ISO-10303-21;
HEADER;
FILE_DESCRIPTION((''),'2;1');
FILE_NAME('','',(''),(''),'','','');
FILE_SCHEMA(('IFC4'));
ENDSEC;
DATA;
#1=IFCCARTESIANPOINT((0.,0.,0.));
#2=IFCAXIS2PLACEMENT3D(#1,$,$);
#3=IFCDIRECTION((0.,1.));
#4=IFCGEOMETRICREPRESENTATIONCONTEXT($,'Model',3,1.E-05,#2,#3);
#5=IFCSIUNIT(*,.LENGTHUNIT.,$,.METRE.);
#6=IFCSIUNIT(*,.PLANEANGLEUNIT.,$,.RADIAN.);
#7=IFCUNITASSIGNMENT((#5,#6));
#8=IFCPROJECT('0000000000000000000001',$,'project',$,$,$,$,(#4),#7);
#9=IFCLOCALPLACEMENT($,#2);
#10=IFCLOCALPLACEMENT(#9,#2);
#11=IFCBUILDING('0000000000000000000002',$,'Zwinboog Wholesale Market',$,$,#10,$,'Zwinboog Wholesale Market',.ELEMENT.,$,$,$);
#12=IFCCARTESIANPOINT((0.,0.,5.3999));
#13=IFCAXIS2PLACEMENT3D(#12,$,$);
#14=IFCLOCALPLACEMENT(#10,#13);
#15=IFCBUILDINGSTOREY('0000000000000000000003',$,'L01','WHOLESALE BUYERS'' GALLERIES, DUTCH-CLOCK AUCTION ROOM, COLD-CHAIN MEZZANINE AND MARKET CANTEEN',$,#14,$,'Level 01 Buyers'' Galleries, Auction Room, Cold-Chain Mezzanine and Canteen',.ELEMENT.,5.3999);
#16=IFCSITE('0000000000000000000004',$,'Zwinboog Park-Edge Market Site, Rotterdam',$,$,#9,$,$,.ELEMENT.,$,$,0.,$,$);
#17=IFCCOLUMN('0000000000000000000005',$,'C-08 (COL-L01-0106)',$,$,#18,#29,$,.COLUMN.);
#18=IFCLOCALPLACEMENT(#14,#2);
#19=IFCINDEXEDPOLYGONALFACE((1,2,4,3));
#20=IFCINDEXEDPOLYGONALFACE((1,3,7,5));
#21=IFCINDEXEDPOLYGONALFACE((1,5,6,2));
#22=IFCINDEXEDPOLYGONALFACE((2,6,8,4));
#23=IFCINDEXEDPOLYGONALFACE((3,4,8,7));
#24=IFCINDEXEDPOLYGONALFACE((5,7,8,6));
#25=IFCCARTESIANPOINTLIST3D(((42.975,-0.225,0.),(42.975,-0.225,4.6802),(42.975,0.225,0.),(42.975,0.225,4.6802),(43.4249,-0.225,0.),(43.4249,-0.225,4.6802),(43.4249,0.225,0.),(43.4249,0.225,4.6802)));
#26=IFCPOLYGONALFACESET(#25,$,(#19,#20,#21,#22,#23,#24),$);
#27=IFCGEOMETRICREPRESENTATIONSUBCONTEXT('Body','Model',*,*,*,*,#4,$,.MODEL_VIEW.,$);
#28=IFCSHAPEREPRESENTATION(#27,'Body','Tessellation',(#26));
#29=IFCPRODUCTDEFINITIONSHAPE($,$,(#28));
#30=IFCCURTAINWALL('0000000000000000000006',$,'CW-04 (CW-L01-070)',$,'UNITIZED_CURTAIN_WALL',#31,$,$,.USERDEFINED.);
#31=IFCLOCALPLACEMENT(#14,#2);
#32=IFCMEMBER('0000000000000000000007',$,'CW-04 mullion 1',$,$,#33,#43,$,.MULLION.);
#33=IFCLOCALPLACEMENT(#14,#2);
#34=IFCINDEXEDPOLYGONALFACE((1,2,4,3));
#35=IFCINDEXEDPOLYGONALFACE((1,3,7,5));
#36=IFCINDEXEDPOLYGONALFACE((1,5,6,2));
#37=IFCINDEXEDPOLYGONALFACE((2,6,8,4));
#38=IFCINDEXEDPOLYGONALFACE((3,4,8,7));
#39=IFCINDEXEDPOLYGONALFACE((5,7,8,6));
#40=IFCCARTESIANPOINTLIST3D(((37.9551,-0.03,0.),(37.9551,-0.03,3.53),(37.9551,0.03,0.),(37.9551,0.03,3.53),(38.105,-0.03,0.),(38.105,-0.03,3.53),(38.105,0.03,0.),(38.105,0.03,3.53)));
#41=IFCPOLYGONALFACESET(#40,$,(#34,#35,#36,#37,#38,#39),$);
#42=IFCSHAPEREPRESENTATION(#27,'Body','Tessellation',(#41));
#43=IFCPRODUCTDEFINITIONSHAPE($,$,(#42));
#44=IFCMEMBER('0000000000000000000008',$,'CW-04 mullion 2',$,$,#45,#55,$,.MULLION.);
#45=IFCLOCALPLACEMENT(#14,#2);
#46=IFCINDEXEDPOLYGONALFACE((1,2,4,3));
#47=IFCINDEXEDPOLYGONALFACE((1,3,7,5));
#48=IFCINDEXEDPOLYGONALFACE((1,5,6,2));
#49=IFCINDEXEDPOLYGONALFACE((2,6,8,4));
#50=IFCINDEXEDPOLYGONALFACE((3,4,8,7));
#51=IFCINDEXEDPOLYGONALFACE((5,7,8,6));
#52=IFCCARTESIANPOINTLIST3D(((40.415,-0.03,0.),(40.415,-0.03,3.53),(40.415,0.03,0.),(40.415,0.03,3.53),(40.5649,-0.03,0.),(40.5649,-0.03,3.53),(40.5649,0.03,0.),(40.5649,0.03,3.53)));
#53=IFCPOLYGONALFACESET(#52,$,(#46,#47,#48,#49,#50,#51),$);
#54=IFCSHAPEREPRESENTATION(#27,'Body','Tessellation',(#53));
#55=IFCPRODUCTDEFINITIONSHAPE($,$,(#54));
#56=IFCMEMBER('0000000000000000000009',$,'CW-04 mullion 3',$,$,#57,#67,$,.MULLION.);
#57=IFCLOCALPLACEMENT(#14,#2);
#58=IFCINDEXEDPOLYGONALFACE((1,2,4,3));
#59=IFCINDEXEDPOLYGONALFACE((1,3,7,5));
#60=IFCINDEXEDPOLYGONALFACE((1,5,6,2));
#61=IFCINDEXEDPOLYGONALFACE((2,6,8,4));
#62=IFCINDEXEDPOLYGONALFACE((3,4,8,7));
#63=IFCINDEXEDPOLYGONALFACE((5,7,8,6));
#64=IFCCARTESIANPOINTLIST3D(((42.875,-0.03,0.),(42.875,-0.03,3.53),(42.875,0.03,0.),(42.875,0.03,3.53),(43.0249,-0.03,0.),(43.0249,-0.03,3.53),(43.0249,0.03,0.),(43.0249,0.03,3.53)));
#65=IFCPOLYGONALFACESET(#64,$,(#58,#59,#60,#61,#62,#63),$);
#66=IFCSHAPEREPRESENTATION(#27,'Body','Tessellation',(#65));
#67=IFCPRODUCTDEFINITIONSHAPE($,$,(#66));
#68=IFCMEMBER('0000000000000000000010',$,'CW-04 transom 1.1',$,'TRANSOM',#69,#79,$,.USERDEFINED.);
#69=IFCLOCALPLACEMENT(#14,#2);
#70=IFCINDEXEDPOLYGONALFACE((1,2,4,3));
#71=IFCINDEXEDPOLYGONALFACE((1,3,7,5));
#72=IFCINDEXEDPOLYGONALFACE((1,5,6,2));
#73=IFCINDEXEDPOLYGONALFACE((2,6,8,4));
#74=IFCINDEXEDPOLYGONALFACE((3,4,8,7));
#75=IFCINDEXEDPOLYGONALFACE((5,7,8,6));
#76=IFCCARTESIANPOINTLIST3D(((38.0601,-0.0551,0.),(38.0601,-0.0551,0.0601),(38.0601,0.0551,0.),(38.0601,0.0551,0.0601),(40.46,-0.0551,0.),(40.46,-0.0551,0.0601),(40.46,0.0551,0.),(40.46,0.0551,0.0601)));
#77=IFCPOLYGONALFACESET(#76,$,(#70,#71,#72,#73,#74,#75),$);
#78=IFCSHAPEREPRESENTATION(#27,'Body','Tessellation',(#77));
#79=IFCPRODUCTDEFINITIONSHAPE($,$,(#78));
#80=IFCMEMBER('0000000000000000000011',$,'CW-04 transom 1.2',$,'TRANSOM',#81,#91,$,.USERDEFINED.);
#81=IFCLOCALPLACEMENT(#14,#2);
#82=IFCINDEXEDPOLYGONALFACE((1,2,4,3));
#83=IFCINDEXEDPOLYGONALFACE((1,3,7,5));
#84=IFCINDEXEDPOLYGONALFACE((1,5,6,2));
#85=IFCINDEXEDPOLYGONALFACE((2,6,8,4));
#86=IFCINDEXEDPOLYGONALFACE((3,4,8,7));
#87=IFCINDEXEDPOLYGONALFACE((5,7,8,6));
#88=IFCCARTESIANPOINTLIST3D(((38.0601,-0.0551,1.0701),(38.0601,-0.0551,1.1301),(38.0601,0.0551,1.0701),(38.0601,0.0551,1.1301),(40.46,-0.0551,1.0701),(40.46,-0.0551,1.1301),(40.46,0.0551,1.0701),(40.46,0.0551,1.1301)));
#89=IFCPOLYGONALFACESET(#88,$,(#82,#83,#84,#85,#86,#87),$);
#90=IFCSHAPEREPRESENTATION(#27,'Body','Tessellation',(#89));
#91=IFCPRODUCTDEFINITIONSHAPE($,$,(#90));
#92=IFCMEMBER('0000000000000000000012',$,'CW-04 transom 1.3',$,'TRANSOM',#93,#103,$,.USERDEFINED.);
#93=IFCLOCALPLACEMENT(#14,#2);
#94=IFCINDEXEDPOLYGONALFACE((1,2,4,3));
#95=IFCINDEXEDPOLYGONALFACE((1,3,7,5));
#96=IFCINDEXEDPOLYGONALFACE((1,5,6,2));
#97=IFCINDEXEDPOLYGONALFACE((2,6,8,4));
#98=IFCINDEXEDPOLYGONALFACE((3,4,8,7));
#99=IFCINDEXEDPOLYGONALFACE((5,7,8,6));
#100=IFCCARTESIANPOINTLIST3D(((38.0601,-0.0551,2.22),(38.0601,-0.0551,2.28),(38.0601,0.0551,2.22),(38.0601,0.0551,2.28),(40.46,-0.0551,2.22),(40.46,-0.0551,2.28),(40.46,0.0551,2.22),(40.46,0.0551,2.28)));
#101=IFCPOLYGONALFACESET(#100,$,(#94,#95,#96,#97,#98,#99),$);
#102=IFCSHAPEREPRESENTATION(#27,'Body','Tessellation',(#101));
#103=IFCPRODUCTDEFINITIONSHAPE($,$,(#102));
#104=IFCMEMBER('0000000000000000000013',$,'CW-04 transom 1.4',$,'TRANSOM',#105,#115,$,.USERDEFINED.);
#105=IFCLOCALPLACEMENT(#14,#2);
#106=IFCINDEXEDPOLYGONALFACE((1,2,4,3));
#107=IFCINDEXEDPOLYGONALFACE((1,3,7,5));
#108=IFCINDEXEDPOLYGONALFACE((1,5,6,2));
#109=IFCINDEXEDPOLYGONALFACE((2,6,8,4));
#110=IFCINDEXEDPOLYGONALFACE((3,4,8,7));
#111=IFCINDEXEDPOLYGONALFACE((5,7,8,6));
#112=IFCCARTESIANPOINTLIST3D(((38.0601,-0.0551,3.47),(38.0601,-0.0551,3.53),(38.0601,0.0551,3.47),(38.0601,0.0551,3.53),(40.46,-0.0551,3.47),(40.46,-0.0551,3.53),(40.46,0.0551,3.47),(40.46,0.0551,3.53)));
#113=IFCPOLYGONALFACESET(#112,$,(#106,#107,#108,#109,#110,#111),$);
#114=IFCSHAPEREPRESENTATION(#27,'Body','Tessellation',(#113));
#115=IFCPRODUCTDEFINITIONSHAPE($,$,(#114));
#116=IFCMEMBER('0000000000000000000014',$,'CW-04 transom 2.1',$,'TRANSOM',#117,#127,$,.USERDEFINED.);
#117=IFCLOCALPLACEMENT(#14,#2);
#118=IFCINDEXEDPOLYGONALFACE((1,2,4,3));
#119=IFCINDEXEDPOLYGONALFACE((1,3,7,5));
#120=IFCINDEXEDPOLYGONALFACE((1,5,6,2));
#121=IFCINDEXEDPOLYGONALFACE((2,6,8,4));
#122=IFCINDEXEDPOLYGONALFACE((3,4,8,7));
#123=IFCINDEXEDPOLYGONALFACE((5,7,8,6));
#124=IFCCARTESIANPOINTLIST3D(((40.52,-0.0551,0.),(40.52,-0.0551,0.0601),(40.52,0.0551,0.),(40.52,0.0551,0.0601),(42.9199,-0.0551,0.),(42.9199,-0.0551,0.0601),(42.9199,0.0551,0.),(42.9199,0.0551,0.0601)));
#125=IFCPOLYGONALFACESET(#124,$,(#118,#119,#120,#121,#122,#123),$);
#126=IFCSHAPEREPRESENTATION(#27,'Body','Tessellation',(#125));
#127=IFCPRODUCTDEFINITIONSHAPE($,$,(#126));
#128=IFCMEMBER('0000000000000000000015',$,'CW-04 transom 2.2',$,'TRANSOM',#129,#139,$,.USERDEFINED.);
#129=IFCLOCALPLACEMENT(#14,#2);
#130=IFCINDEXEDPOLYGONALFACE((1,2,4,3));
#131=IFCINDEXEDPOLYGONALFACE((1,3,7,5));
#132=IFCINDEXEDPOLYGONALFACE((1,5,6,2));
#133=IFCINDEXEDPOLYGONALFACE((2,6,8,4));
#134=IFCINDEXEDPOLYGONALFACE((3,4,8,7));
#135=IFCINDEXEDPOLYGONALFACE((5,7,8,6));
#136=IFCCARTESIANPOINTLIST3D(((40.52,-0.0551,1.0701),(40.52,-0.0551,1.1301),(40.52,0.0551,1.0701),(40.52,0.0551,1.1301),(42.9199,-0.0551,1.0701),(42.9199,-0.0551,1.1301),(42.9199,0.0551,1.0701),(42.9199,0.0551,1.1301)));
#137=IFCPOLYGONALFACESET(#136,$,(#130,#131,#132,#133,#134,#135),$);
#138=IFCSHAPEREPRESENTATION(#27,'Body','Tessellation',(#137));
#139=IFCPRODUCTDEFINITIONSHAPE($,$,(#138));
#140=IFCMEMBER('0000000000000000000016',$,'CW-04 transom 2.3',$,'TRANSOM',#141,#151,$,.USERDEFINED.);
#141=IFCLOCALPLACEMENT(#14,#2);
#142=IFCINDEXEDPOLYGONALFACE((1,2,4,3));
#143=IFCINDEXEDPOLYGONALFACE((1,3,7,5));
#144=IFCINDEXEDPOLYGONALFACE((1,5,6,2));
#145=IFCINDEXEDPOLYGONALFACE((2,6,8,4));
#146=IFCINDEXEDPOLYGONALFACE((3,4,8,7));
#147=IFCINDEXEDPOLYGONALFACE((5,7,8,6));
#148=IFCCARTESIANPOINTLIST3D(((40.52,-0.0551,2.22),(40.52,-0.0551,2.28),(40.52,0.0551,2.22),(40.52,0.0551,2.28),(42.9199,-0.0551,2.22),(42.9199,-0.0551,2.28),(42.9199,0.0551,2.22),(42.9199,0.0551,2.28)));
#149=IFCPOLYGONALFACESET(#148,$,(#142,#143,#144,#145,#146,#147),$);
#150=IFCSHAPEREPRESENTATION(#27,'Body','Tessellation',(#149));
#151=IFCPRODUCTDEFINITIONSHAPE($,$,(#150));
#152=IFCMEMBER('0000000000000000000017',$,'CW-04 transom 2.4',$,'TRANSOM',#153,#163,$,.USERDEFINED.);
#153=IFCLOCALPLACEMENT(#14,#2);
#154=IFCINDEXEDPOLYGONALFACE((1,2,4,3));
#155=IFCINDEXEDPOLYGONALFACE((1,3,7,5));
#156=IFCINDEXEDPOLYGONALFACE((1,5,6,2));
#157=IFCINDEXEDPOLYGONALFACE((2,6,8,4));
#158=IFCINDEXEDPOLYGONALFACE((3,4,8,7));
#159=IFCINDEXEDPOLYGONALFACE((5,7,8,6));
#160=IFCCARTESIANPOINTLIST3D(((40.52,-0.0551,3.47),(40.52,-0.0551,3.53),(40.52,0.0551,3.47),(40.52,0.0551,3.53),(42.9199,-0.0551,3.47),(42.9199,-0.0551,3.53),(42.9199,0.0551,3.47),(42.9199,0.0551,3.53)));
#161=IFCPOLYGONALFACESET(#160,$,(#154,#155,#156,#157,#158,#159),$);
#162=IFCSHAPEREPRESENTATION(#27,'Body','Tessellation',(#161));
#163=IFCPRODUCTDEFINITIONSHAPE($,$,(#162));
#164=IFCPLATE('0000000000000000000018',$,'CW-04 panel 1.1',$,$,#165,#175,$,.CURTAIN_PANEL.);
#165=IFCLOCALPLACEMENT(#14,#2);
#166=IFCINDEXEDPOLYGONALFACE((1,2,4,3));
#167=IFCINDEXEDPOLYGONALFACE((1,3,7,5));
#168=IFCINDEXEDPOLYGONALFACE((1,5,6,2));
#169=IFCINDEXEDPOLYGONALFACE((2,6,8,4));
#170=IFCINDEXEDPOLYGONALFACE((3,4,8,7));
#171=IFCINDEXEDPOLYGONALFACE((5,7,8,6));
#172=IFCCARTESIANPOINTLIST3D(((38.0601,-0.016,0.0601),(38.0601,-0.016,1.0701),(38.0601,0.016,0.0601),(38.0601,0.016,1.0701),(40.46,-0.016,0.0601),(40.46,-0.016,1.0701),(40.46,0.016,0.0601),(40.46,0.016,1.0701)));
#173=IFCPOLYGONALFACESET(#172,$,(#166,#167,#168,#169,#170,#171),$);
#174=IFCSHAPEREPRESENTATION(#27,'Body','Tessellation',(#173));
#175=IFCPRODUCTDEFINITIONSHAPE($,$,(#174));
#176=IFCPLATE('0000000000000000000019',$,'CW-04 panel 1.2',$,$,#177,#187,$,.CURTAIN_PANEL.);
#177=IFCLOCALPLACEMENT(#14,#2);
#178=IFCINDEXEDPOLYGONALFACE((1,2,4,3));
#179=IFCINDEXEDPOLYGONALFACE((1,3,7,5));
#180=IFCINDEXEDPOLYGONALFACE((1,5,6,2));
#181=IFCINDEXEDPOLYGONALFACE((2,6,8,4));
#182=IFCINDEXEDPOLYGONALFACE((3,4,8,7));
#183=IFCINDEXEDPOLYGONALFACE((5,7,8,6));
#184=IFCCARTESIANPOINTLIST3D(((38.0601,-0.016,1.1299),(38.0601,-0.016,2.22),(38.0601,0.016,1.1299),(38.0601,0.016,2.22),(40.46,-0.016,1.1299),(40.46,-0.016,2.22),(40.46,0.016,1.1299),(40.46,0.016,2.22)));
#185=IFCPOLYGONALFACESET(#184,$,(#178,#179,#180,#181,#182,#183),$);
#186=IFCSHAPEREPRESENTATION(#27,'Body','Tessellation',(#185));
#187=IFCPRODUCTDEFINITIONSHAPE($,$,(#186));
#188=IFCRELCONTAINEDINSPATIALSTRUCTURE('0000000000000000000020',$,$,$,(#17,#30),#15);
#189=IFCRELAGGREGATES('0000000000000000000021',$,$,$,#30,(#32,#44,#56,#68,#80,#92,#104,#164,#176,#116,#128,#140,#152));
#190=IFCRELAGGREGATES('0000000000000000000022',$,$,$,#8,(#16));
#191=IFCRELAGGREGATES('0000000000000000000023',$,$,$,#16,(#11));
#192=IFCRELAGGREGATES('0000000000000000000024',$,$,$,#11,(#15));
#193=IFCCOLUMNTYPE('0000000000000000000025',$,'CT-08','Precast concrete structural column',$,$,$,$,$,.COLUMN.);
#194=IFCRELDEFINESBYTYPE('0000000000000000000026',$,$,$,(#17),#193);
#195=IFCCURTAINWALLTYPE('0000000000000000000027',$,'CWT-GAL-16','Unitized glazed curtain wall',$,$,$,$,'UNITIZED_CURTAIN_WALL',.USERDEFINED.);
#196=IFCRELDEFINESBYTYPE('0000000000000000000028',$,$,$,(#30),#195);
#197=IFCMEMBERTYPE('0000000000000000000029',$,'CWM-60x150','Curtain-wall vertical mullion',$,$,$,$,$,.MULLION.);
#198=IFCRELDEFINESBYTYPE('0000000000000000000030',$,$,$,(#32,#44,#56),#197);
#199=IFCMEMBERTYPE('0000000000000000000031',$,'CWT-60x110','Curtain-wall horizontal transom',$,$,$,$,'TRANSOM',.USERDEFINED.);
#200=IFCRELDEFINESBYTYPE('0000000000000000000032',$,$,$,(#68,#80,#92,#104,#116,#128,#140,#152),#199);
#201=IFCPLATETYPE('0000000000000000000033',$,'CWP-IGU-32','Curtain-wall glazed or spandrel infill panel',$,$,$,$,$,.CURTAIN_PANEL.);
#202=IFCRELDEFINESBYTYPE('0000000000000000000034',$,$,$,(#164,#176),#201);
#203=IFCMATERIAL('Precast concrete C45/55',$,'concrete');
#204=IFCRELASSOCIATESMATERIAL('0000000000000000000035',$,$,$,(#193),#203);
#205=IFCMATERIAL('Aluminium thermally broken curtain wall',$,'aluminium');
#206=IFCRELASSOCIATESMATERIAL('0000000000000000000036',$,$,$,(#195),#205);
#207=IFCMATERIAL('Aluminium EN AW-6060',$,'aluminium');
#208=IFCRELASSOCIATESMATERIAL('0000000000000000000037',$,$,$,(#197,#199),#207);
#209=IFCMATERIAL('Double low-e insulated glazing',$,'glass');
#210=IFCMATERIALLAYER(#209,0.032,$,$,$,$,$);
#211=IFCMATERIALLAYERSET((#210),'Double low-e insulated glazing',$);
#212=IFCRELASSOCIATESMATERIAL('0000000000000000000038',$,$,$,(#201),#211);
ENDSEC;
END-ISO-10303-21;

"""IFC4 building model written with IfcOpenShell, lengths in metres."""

from ifc_helpers import new_model, si_unit, direction, frame, origin, origin_2d, place, context, subcontext, project, spatial, rectangle, extrude, material, layer, layer_set, material_profile, profile_set, type_object, element, aggregate, save


model = new_model("IFC4")

# Units and contexts
model_context = context("Model", 3, precision=1e-05, world=origin(), true_north=direction((0.0, 1.0)))
body_context = subcontext(model_context, "Body", "Model", "MODEL_VIEW")
ifc_project = project(units=[si_unit("LENGTHUNIT", "METRE"), si_unit("PLANEANGLEUNIT", "RADIAN")], contexts=[model_context])

# Site, building, storey
site_placement = place(None, origin())
site = spatial("IfcSite", under=ifc_project, at=site_placement, Name="Zwinboog Park-Edge Market Site, Rotterdam", CompositionType="ELEMENT", RefElevation=0.0)
building_placement = place(site_placement, origin())
building = spatial("IfcBuilding", under=site, at=building_placement, Name="Zwinboog Wholesale Market", LongName="Zwinboog Wholesale Market", CompositionType="ELEMENT")
storey_placement = place(building_placement, frame((0.0, 0.0, 5.3999)))
storey = spatial("IfcBuildingStorey", under=building, at=storey_placement, Name="L01", Description="WHOLESALE BUYERS' GALLERIES, DUTCH-CLOCK AUCTION ROOM, COLD-CHAIN MEZZANINE AND MARKET CANTEEN", LongName="Level 01 Buyers' Galleries, Auction Room, Cold-Chain Mezzanine and Canteen", CompositionType="ELEMENT", Elevation=5.3999)

# Column
ifc_material_1 = material(Name="Precast concrete C45/55", Category="concrete")
ifc_material_profile_1 = material_profile(ifc_material_1, rectangle(XDim=0.45, YDim=0.45, at=origin_2d()), Name="PC 450x450")
ifc_profile_set_1 = profile_set([ifc_material_profile_1], Name="Precast concrete C45/55")
column_type = type_object("IfcColumnType", Name="CT-08", Description="Precast concrete structural column", PredefinedType="COLUMN", material=ifc_profile_set_1)
column_placement = place(storey_placement, frame((43.2, 0.0, 0.0), z_axis=(0.0, 0.0, 1.0), x_axis=(1.0, 0.0, 0.0)))
element("IfcColumn", 1, at=column_placement, inside=storey, type_object=column_type, Name="C-08 (COL-L01-0106)", PredefinedType="COLUMN", context=body_context, shape_type="SweptSolid", body=[
    extrude(rectangle(XDim=0.45, YDim=0.45, at=origin_2d()), origin(), (0.0, 0.0, 1.0), 4.6802),
])

# Curtain wall, members, plates
ifc_material_2 = material(Name="Aluminium thermally broken curtain wall", Category="aluminium")
curtain_wall_type = type_object("IfcCurtainWallType", Name="CWT-GAL-16", Description="Unitized glazed curtain wall", ElementType="UNITIZED_CURTAIN_WALL", PredefinedType="USERDEFINED", material=ifc_material_2)
curtain_wall_placement = place(storey_placement, origin())
curtain_wall = element("IfcCurtainWall", 2, at=curtain_wall_placement, inside=storey, type_object=curtain_wall_type, Name="CW-04 (CW-L01-070)", ObjectType="UNITIZED_CURTAIN_WALL", PredefinedType="USERDEFINED")
ifc_material_3 = material(Name="Aluminium EN AW-6060", Category="aluminium")
ifc_material_profile_2 = material_profile(ifc_material_3, rectangle(XDim=0.0601, YDim=0.1499, at=origin_2d()), Name="AL 60x150")
ifc_profile_set_2 = profile_set([ifc_material_profile_2], Name="Aluminium EN AW-6060")
member_type_1 = type_object("IfcMemberType", Name="CWM-60x150", Description="Curtain-wall vertical mullion", PredefinedType="MULLION", material=ifc_profile_set_2)
member_1_placement = place(storey_placement, frame((38.03, 0.0, 0.0), z_axis=(0.0, 0.0, 1.0), x_axis=(0.0, 1.0, 0.0)))
member_1 = element("IfcMember", 3, at=member_1_placement, type_object=member_type_1, Name="CW-04 mullion 1", PredefinedType="MULLION", context=body_context, shape_type="SweptSolid", body=[
    extrude(rectangle(XDim=0.0601, YDim=0.1499, at=origin_2d()), origin(), (0.0, 0.0, 1.0), 3.53),
])
member_2_placement = place(storey_placement, frame((40.49, 0.0, 0.0), z_axis=(0.0, 0.0, 1.0), x_axis=(0.0, 1.0, 0.0)))
member_2 = element("IfcMember", 4, at=member_2_placement, type_object=member_type_1, Name="CW-04 mullion 2", PredefinedType="MULLION", context=body_context, shape_type="SweptSolid", body=[
    extrude(rectangle(XDim=0.0601, YDim=0.1499, at=origin_2d()), origin(), (0.0, 0.0, 1.0), 3.53),
])
member_3_placement = place(storey_placement, frame((42.95, 0.0, 0.0), z_axis=(0.0, 0.0, 1.0), x_axis=(0.0, 1.0, 0.0)))
member_3 = element("IfcMember", 5, at=member_3_placement, type_object=member_type_1, Name="CW-04 mullion 3", PredefinedType="MULLION", context=body_context, shape_type="SweptSolid", body=[
    extrude(rectangle(XDim=0.0601, YDim=0.1499, at=origin_2d()), origin(), (0.0, 0.0, 1.0), 3.53),
])
ifc_material_profile_3 = material_profile(ifc_material_3, rectangle(XDim=0.1101, YDim=0.0601, at=origin_2d()), Name="AL 60x110")
ifc_profile_set_3 = profile_set([ifc_material_profile_3], Name="Aluminium EN AW-6060")
member_type_2 = type_object("IfcMemberType", Name="CWT-60x110", Description="Curtain-wall horizontal transom", ElementType="TRANSOM", PredefinedType="USERDEFINED", material=ifc_profile_set_3)
member_4_placement = place(storey_placement, frame((38.0601, 0.0, 0.03), z_axis=(1.0, 0.0, 0.0), x_axis=(0.0, 1.0, 0.0)))
member_4 = element("IfcMember", 6, at=member_4_placement, type_object=member_type_2, Name="CW-04 transom 1.1", ObjectType="TRANSOM", PredefinedType="USERDEFINED", context=body_context, shape_type="SweptSolid", body=[
    extrude(rectangle(XDim=0.1101, YDim=0.0601, at=origin_2d()), origin(), (0.0, 0.0, 1.0), 2.3999),
])
member_5_placement = place(storey_placement, frame((38.0601, 0.0, 1.1001), z_axis=(1.0, 0.0, 0.0), x_axis=(0.0, 1.0, 0.0)))
member_5 = element("IfcMember", 7, at=member_5_placement, type_object=member_type_2, Name="CW-04 transom 1.2", ObjectType="TRANSOM", PredefinedType="USERDEFINED", context=body_context, shape_type="SweptSolid", body=[
    extrude(rectangle(XDim=0.1101, YDim=0.0601, at=origin_2d()), origin(), (0.0, 0.0, 1.0), 2.3999),
])
member_6_placement = place(storey_placement, frame((38.0601, 0.0, 2.25), z_axis=(1.0, 0.0, 0.0), x_axis=(0.0, 1.0, 0.0)))
member_6 = element("IfcMember", 8, at=member_6_placement, type_object=member_type_2, Name="CW-04 transom 1.3", ObjectType="TRANSOM", PredefinedType="USERDEFINED", context=body_context, shape_type="SweptSolid", body=[
    extrude(rectangle(XDim=0.1101, YDim=0.0601, at=origin_2d()), origin(), (0.0, 0.0, 1.0), 2.3999),
])
member_7_placement = place(storey_placement, frame((38.0601, 0.0, 3.5), z_axis=(1.0, 0.0, 0.0), x_axis=(0.0, 1.0, 0.0)))
member_7 = element("IfcMember", 9, at=member_7_placement, type_object=member_type_2, Name="CW-04 transom 1.4", ObjectType="TRANSOM", PredefinedType="USERDEFINED", context=body_context, shape_type="SweptSolid", body=[
    extrude(rectangle(XDim=0.1101, YDim=0.0601, at=origin_2d()), origin(), (0.0, 0.0, 1.0), 2.3999),
])
member_8_placement = place(storey_placement, frame((40.52, 0.0, 0.03), z_axis=(1.0, 0.0, 0.0), x_axis=(0.0, 1.0, 0.0)))
member_8 = element("IfcMember", 10, at=member_8_placement, type_object=member_type_2, Name="CW-04 transom 2.1", ObjectType="TRANSOM", PredefinedType="USERDEFINED", context=body_context, shape_type="SweptSolid", body=[
    extrude(rectangle(XDim=0.1101, YDim=0.0601, at=origin_2d()), origin(), (0.0, 0.0, 1.0), 2.3999),
])
member_9_placement = place(storey_placement, frame((40.52, 0.0, 1.1001), z_axis=(1.0, 0.0, 0.0), x_axis=(0.0, 1.0, 0.0)))
member_9 = element("IfcMember", 11, at=member_9_placement, type_object=member_type_2, Name="CW-04 transom 2.2", ObjectType="TRANSOM", PredefinedType="USERDEFINED", context=body_context, shape_type="SweptSolid", body=[
    extrude(rectangle(XDim=0.1101, YDim=0.0601, at=origin_2d()), origin(), (0.0, 0.0, 1.0), 2.3999),
])
member_10_placement = place(storey_placement, frame((40.52, 0.0, 2.25), z_axis=(1.0, 0.0, 0.0), x_axis=(0.0, 1.0, 0.0)))
member_10 = element("IfcMember", 12, at=member_10_placement, type_object=member_type_2, Name="CW-04 transom 2.3", ObjectType="TRANSOM", PredefinedType="USERDEFINED", context=body_context, shape_type="SweptSolid", body=[
    extrude(rectangle(XDim=0.1101, YDim=0.0601, at=origin_2d()), origin(), (0.0, 0.0, 1.0), 2.3999),
])
member_11_placement = place(storey_placement, frame((40.52, 0.0, 3.5), z_axis=(1.0, 0.0, 0.0), x_axis=(0.0, 1.0, 0.0)))
member_11 = element("IfcMember", 13, at=member_11_placement, type_object=member_type_2, Name="CW-04 transom 2.4", ObjectType="TRANSOM", PredefinedType="USERDEFINED", context=body_context, shape_type="SweptSolid", body=[
    extrude(rectangle(XDim=0.1101, YDim=0.0601, at=origin_2d()), origin(), (0.0, 0.0, 1.0), 2.3999),
])
ifc_material_4 = material(Name="Double low-e insulated glazing", Category="glass")
ifc_layer_1 = layer(ifc_material_4, 0.032)
ifc_layer_set_1 = layer_set([ifc_layer_1], Name="Double low-e insulated glazing")
plate_type = type_object("IfcPlateType", Name="CWP-IGU-32", Description="Curtain-wall glazed or spandrel infill panel", PredefinedType="CURTAIN_PANEL", material=ifc_layer_set_1)
plate_1_placement = place(storey_placement, frame((39.26, 0.0, 0.0601), z_axis=(0.0, 0.0, 1.0), x_axis=(1.0, 0.0, 0.0)))
plate_1 = element("IfcPlate", 14, at=plate_1_placement, type_object=plate_type, Name="CW-04 panel 1.1", PredefinedType="CURTAIN_PANEL", context=body_context, shape_type="SweptSolid", body=[
    extrude(rectangle(XDim=2.3999, YDim=0.032, at=origin_2d()), origin(), (0.0, 0.0, 1.0), 1.01),
])
plate_2_placement = place(storey_placement, frame((39.26, 0.0, 1.1299), z_axis=(0.0, 0.0, 1.0), x_axis=(1.0, 0.0, 0.0)))
plate_2 = element("IfcPlate", 15, at=plate_2_placement, type_object=plate_type, Name="CW-04 panel 1.2", PredefinedType="CURTAIN_PANEL", context=body_context, shape_type="SweptSolid", body=[
    extrude(rectangle(XDim=2.3999, YDim=0.032, at=origin_2d()), origin(), (0.0, 0.0, 1.0), 1.0901),
])
aggregate(curtain_wall, [member_1, member_2, member_3, member_4, member_5, member_6, member_7, plate_1, plate_2, member_8, member_9, member_10, member_11])

save(model, "model.ifc")
